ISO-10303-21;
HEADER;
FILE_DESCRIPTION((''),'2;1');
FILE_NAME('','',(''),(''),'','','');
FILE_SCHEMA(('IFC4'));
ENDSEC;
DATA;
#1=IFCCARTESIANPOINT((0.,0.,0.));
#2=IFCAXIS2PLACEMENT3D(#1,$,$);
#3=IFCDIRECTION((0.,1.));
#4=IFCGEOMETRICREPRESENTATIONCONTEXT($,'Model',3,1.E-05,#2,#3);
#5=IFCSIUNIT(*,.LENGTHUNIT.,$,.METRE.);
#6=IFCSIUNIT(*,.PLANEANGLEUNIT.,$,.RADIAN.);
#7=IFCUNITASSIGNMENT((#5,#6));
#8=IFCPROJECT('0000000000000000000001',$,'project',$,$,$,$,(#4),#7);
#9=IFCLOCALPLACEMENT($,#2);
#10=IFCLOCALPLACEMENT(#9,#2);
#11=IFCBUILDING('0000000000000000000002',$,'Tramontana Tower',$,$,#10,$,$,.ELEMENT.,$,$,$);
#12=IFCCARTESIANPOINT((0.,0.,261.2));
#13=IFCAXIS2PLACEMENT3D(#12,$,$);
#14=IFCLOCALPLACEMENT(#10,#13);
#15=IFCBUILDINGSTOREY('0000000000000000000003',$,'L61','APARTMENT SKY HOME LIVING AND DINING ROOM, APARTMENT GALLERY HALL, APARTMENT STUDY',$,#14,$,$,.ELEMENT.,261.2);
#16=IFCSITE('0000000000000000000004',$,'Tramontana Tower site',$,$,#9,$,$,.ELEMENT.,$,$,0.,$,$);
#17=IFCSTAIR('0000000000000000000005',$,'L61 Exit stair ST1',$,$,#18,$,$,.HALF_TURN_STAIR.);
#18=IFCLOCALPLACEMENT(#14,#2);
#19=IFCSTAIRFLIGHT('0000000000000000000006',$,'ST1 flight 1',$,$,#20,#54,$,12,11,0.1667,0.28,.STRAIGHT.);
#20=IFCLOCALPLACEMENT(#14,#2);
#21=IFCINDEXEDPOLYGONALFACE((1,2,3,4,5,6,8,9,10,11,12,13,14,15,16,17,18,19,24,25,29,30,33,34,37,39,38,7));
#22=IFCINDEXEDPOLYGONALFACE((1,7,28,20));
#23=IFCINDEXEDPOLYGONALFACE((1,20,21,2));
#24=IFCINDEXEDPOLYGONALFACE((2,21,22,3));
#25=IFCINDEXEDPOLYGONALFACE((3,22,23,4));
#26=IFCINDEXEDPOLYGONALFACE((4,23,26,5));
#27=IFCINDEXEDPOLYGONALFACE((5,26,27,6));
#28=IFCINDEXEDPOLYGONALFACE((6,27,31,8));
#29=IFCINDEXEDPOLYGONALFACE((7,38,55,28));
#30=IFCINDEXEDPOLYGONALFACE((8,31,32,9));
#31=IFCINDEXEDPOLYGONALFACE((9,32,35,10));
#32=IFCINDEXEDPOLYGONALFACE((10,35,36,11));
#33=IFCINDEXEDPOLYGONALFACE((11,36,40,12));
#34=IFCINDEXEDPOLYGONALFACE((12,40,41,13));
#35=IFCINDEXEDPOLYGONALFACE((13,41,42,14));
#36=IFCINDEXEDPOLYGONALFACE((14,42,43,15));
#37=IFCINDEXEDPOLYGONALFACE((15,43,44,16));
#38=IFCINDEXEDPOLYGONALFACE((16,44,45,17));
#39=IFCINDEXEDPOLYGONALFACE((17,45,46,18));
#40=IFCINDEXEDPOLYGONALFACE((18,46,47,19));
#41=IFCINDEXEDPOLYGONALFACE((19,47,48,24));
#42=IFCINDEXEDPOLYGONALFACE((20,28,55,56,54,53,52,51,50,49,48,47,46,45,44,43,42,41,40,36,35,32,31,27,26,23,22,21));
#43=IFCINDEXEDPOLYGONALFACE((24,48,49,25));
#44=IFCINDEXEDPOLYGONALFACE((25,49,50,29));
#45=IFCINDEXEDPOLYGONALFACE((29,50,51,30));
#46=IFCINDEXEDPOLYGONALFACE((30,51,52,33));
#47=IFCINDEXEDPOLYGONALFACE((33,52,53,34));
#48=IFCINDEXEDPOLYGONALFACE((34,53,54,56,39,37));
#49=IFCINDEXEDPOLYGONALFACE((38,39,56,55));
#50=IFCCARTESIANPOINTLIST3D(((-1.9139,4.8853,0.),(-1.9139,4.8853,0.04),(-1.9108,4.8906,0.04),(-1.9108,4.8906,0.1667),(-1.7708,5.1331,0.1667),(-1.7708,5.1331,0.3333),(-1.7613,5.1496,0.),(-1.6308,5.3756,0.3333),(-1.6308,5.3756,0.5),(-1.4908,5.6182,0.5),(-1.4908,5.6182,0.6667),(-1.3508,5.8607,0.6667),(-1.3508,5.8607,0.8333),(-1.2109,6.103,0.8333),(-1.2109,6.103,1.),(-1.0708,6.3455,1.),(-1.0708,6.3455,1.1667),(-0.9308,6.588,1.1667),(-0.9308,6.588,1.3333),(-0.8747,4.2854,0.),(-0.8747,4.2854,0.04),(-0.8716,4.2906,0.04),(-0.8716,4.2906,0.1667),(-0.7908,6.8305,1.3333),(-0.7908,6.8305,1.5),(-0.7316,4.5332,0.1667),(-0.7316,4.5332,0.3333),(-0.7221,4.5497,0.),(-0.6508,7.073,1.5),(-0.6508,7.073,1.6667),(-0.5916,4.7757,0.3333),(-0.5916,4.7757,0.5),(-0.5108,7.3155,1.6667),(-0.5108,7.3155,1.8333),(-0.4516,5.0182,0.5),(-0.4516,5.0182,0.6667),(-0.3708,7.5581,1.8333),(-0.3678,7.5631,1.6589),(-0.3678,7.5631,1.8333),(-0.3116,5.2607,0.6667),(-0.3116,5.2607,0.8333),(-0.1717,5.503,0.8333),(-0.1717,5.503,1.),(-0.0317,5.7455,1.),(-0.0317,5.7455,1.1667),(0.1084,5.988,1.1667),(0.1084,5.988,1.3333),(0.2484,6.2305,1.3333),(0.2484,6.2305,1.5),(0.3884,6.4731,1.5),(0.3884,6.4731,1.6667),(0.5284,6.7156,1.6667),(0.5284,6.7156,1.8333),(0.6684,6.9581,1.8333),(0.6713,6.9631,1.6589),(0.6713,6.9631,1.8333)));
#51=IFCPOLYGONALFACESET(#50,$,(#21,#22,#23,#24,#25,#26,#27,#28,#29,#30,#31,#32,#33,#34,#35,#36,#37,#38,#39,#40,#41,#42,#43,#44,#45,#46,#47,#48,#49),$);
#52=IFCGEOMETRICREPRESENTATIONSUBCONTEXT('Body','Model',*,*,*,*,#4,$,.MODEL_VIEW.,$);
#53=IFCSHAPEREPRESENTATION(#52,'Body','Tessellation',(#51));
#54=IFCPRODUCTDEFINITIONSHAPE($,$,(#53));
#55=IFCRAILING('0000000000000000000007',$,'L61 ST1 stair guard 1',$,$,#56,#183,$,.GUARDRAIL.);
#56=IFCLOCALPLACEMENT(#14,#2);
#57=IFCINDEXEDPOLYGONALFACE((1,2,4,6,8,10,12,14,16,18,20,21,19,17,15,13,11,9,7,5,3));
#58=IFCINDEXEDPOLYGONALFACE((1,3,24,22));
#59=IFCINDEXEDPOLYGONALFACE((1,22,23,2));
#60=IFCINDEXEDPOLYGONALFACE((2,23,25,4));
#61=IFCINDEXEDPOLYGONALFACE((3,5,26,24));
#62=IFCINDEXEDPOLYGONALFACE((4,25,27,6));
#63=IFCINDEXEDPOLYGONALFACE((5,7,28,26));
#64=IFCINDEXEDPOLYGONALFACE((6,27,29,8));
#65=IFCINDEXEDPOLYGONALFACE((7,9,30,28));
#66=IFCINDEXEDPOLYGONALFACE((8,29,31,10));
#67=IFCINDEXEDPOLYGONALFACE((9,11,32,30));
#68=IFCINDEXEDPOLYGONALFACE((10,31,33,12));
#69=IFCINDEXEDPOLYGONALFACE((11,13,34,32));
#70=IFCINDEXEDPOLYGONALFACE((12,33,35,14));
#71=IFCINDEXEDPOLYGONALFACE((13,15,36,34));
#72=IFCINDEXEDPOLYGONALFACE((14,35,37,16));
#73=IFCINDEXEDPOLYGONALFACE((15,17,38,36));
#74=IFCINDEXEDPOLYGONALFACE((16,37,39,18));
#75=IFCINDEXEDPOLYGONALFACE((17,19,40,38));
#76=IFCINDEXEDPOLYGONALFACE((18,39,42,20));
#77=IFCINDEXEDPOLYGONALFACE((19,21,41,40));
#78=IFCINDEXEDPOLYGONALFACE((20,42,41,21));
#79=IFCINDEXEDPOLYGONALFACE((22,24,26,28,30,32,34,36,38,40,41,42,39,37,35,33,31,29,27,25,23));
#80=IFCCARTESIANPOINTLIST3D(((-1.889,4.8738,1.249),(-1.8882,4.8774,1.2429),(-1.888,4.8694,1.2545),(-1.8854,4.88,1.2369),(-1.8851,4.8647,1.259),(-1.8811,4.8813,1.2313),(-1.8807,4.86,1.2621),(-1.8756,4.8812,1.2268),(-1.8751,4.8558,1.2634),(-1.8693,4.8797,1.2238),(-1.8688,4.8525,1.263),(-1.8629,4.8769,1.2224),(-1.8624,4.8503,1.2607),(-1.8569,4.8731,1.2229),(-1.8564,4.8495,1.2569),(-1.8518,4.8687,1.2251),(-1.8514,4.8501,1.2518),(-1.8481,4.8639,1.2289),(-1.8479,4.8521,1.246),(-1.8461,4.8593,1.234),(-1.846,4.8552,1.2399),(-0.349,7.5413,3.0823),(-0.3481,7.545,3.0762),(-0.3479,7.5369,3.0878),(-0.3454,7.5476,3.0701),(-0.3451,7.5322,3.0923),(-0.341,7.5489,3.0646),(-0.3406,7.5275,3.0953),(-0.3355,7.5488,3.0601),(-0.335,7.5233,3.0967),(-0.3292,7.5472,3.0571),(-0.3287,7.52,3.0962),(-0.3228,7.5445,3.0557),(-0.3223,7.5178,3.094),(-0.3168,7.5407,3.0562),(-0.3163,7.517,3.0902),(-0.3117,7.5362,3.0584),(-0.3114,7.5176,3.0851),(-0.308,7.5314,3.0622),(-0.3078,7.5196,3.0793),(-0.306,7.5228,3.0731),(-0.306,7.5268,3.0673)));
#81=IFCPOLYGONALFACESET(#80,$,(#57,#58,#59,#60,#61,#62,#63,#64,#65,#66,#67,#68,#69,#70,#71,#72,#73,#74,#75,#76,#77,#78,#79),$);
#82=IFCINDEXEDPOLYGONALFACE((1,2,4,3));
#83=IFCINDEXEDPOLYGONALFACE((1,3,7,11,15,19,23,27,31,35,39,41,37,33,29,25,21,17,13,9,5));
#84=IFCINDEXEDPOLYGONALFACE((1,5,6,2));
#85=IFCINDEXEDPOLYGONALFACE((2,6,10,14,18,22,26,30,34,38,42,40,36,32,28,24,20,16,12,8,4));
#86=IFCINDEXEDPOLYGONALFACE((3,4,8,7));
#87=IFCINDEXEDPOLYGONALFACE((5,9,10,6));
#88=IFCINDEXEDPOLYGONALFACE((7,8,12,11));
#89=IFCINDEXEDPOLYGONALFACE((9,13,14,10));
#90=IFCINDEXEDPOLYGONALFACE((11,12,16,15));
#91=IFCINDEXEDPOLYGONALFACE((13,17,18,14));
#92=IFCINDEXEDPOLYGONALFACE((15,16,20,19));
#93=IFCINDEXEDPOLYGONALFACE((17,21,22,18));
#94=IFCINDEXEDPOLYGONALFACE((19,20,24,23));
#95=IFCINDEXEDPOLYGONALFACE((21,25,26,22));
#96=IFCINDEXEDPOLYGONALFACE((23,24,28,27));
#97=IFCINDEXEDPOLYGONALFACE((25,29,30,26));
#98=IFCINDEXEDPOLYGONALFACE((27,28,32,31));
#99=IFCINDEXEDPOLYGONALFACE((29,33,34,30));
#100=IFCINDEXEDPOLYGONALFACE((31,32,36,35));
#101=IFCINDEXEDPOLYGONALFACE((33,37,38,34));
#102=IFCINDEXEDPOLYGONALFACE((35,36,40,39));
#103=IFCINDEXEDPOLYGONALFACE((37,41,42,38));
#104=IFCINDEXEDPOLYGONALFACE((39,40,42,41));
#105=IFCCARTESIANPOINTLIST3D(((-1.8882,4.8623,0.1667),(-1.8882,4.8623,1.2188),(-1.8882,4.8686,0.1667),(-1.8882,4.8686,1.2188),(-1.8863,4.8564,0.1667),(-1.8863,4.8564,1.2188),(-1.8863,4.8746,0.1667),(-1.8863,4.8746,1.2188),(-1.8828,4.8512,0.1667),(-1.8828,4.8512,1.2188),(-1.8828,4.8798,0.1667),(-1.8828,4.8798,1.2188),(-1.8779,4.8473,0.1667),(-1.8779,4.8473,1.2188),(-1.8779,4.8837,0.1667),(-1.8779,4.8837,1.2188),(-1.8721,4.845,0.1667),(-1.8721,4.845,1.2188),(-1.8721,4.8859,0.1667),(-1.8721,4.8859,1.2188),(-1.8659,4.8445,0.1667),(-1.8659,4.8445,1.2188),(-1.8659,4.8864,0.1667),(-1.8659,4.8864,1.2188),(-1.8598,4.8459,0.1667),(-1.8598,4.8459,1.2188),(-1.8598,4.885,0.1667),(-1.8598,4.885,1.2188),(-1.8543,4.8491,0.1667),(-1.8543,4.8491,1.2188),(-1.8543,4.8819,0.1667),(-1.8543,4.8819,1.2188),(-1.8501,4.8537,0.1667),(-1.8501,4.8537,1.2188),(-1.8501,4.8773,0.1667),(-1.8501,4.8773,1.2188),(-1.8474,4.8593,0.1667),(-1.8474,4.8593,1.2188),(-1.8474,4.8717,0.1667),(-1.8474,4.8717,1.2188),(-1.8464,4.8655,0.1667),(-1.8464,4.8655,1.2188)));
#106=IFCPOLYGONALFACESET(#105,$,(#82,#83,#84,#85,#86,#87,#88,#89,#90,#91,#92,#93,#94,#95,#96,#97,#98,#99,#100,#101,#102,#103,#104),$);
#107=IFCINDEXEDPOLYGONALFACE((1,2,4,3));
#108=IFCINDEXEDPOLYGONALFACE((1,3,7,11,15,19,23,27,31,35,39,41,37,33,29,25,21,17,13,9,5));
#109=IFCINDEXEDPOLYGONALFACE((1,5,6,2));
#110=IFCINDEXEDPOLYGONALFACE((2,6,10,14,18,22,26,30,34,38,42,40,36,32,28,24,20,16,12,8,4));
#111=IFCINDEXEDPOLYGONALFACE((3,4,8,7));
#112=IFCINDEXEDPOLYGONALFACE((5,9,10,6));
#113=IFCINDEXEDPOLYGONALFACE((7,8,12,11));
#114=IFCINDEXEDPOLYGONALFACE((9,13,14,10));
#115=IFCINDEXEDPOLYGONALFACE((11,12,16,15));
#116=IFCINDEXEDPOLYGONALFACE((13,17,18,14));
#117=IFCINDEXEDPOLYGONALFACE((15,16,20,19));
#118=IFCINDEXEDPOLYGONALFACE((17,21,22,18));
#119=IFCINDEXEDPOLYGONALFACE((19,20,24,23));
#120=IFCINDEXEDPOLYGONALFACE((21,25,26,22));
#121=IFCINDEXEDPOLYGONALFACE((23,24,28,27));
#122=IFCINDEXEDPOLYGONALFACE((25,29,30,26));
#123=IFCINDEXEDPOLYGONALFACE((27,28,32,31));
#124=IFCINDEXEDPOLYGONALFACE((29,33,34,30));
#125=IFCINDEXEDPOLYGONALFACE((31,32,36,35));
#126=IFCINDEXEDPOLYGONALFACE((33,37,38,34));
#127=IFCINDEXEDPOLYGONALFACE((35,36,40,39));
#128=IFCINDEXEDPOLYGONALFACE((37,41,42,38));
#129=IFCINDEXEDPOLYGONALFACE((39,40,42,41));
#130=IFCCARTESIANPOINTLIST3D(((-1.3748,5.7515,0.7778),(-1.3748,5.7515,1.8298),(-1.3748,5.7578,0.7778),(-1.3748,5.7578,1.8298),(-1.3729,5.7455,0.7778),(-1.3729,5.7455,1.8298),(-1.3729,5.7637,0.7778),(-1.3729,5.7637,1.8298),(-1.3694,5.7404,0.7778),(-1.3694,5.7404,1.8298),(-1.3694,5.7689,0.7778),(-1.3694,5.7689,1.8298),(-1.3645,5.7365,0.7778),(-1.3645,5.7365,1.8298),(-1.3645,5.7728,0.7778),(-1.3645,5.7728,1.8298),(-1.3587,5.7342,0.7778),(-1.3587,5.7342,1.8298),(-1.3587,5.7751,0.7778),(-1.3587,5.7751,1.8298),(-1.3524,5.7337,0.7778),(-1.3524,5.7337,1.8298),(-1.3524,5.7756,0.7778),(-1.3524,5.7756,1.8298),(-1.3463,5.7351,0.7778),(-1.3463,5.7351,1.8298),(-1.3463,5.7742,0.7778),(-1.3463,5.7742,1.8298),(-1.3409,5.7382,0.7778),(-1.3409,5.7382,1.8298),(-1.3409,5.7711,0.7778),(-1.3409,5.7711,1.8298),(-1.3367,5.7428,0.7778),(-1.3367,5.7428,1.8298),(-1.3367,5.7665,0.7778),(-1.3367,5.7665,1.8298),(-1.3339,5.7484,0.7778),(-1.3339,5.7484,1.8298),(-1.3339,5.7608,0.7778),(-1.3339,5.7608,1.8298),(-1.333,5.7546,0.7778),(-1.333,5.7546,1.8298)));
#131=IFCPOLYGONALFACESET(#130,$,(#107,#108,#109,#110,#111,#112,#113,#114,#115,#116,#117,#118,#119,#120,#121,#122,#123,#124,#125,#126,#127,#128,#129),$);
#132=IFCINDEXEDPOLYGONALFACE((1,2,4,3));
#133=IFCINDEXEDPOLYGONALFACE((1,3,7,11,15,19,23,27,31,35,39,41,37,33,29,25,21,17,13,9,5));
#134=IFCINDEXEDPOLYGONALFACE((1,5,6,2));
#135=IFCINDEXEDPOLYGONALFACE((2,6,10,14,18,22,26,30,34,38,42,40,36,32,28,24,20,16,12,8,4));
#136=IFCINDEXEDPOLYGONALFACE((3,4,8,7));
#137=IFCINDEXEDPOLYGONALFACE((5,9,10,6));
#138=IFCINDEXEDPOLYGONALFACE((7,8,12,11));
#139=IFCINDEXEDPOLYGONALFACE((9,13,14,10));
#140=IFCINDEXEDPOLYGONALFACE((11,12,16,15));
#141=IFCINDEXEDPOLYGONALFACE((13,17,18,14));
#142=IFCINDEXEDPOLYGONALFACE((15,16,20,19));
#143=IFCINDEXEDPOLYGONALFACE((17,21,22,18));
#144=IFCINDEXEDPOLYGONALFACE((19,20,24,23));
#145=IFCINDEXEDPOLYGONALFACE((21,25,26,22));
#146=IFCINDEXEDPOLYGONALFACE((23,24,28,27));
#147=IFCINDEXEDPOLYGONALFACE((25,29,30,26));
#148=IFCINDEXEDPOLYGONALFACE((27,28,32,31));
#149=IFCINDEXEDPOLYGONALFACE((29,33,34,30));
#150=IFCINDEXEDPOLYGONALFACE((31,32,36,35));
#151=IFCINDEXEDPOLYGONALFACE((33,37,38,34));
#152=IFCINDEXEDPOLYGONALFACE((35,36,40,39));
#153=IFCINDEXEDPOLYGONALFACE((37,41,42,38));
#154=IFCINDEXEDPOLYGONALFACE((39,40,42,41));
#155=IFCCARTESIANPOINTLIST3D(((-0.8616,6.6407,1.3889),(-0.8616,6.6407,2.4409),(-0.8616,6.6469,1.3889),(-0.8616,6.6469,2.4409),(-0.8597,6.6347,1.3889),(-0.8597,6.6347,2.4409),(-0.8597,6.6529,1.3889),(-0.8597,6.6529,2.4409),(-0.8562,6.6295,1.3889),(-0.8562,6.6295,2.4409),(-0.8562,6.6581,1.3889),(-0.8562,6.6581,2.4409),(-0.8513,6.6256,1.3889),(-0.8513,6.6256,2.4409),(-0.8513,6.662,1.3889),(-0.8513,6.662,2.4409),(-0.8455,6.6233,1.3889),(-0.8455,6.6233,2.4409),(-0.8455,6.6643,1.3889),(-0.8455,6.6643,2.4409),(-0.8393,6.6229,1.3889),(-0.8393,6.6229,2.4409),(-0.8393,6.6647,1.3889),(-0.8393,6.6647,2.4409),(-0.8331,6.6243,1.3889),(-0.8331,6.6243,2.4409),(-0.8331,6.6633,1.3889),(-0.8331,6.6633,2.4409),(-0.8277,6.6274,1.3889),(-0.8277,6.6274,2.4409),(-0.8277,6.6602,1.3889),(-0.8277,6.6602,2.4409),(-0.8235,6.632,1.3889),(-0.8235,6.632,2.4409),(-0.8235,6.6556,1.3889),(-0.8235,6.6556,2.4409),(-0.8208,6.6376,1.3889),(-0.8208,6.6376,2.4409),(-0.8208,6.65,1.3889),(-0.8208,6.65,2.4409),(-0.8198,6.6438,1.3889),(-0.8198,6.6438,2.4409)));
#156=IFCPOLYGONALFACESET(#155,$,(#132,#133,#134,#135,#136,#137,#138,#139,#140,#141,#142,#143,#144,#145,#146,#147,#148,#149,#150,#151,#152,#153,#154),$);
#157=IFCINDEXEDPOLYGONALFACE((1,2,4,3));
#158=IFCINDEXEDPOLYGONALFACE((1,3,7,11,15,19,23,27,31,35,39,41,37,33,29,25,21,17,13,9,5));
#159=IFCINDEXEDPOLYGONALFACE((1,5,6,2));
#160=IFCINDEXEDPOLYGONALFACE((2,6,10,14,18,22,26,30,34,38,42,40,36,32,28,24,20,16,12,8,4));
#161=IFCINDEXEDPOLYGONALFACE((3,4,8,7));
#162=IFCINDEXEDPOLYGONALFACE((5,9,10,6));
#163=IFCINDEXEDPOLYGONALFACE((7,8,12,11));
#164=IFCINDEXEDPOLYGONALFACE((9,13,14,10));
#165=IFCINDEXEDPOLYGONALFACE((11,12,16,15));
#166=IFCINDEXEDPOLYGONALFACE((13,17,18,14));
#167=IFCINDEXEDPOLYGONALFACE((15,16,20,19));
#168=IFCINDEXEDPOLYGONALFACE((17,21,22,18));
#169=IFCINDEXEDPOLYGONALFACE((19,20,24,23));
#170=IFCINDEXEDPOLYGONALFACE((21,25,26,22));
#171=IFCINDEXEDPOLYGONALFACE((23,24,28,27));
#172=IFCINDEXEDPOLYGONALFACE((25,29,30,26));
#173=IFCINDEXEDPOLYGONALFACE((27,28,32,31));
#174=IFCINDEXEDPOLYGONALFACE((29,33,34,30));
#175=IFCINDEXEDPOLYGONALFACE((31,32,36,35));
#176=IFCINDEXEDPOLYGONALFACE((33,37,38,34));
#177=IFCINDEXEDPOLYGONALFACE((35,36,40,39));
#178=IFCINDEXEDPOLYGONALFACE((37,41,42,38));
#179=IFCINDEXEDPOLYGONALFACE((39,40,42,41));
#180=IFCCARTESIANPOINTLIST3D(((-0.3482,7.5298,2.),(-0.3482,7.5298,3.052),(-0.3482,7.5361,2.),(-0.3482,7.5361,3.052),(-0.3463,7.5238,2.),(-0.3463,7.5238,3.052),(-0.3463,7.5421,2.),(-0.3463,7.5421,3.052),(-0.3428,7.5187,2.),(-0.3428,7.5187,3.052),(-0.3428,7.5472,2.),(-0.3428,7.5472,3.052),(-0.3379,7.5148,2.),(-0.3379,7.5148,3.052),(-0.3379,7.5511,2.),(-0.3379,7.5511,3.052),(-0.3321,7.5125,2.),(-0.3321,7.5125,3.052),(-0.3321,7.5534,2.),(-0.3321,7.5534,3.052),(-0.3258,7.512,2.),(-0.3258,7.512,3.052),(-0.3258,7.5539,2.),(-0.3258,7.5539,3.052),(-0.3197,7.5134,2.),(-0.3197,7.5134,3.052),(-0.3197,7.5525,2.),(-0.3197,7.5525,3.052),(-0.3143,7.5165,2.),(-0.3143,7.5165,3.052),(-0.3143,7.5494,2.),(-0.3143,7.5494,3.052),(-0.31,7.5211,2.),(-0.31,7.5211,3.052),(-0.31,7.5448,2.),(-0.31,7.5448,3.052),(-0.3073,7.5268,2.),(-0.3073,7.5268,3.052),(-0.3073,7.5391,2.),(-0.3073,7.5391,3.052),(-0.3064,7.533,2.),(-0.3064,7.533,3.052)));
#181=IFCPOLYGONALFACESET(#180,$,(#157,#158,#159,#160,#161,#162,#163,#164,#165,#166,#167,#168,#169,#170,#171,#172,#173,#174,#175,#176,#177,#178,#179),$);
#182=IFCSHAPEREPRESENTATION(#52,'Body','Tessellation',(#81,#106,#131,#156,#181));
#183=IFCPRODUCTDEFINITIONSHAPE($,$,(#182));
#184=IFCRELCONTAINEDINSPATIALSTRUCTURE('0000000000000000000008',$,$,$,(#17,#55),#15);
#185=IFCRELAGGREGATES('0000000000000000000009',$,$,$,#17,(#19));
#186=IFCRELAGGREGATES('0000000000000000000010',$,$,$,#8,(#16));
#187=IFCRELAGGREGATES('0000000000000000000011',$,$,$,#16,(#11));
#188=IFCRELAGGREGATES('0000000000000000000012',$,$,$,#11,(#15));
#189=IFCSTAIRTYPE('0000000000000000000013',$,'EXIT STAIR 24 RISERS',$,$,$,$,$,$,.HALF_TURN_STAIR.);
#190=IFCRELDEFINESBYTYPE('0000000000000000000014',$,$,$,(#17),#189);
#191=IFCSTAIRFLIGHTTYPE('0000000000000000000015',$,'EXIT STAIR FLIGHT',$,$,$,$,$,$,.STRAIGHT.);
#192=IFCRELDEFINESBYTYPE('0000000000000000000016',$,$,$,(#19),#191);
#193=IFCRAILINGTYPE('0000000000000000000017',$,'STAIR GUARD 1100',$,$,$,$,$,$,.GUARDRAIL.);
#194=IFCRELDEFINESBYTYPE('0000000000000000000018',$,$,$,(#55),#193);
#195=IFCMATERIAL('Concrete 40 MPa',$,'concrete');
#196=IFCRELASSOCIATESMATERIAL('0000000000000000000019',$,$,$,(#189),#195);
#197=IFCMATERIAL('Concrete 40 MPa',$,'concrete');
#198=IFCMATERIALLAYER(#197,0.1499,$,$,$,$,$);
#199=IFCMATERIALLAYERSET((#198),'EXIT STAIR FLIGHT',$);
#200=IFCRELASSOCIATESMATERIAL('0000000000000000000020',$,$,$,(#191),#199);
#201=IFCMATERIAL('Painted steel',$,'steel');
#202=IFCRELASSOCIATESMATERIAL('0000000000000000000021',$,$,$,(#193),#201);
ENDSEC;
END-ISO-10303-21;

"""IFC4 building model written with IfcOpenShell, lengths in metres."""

from ifc_helpers import new_model, si_unit, direction, frame, origin, origin_2d, place, context, subcontext, project, spatial, polyline, circle, outline, extrude, material, layer, layer_set, type_object, element, aggregate, save


model = new_model("IFC4")

# Units and contexts
model_context = context("Model", 3, precision=1e-05, world=origin(), true_north=direction((0.0, 1.0)))
body_context = subcontext(model_context, "Body", "Model", "MODEL_VIEW")
ifc_project = project(units=[si_unit("LENGTHUNIT", "METRE"), si_unit("PLANEANGLEUNIT", "RADIAN")], contexts=[model_context])

# Site, building, storey
site_placement = place(None, origin())
site = spatial("IfcSite", under=ifc_project, at=site_placement, Name="Tramontana Tower site", CompositionType="ELEMENT", RefElevation=0.0)
building_placement = place(site_placement, origin())
building = spatial("IfcBuilding", under=site, at=building_placement, Name="Tramontana Tower", CompositionType="ELEMENT")
storey_placement = place(building_placement, frame((0.0, 0.0, 261.2)))
storey = spatial("IfcBuildingStorey", under=building, at=storey_placement, Name="L61", Description="APARTMENT SKY HOME LIVING AND DINING ROOM, APARTMENT GALLERY HALL, APARTMENT STUDY", CompositionType="ELEMENT", Elevation=261.2)

# Stair, stair flight
ifc_material_1 = material(Name="Concrete 40 MPa", Category="concrete")
stair_type = type_object("IfcStairType", Name="EXIT STAIR 24 RISERS", PredefinedType="HALF_TURN_STAIR", material=ifc_material_1)
stair_placement = place(storey_placement, origin())
stair = element("IfcStair", 1, at=stair_placement, inside=storey, type_object=stair_type, Name="L61 Exit stair ST1", PredefinedType="HALF_TURN_STAIR")
ifc_material_2 = material(Name="Concrete 40 MPa", Category="concrete")
ifc_layer_1 = layer(ifc_material_2, 0.1499)
ifc_layer_set_1 = layer_set([ifc_layer_1], Name="EXIT STAIR FLIGHT")
stair_flight_type = type_object("IfcStairFlightType", Name="EXIT STAIR FLIGHT", PredefinedType="STRAIGHT", material=ifc_layer_set_1)
stair_flight_placement = place(storey_placement, frame((-1.3911, 4.5906, 0.0), z_axis=(0.0, 0.0, 1.0), x_axis=(0.5, 0.866025, 0.0)))
stair_flight = element("IfcStairFlight", 2, at=stair_flight_placement, type_object=stair_flight_type, Name="ST1 flight 1", NumberOfRisers=12, NumberOfTreads=11, PredefinedType="STRAIGHT", RiserHeight=0.1667, TreadLength=0.28, context=body_context, shape_type="SweptSolid", body=[
    extrude(outline(polyline([(-0.0061, 0.0), (-0.0061, 0.04), (0.0, 0.04), (0.0, 0.1667), (0.28, 0.1667), (0.28, 0.3333), (0.5601, 0.3333), (0.5601, 0.5), (0.8401, 0.5), (0.8401, 0.6667), (1.1201, 0.6667), (1.1201, 0.8333), (1.3999, 0.8333), (1.3999, 1.0), (1.6799, 1.0), (1.6799, 1.1667), (1.96, 1.1667), (1.96, 1.3333), (2.24, 1.3333), (2.24, 1.5), (2.52, 1.5), (2.52, 1.6667), (2.8, 1.6667), (2.8, 1.8333), (3.0801, 1.8333), (3.0859, 1.8333), (3.0859, 1.6589), (0.2991, 0.0), (-0.0061, 0.0)])), frame((0.0, 0.6001, 0.0), z_axis=(0.0, -1.0, 0.0), x_axis=(1.0, 0.0, 0.0)), (0.0, 0.0, 1.0), 1.2),
])
aggregate(stair, [stair_flight])

# Railing
ifc_material_3 = material(Name="Painted steel", Category="steel")
railing_type_1 = type_object("IfcRailingType", Name="STAIR GUARD 1100", PredefinedType="GUARDRAIL", material=ifc_material_3)
railing_1_placement = place(storey_placement, frame((-1.8674, 4.8655, 0.1667)))
element("IfcRailing", 3, at=railing_1_placement, inside=storey, type_object=railing_type_1, Name="L61 ST1 stair guard 1", PredefinedType="GUARDRAIL", context=body_context, shape_type="SweptSolid", body=[
    extrude(circle(Radius=0.0239, at=origin_2d()), frame((0.0, 0.0, 1.0762), z_axis=(0.429649, 0.74419, 0.511452), x_axis=(-0.86603, 0.499992, 0.0)), (0.0, 0.0, 1.0), 3.5845),
    extrude(circle(Radius=0.021, at=origin_2d()), origin(), (0.0, 0.0, 1.0), 1.052),
    extrude(circle(Radius=0.021, at=origin_2d()), frame((0.5134, 0.8892, 0.6111)), (0.0, 0.0, 1.0), 1.052),
    extrude(circle(Radius=0.021, at=origin_2d()), frame((1.0266, 1.7783, 1.2222)), (0.0, 0.0, 1.0), 1.052),
    extrude(circle(Radius=0.021, at=origin_2d()), frame((1.54, 2.6675, 1.8333)), (0.0, 0.0, 1.0), 1.052),
])

save(model, "model.ifc")
